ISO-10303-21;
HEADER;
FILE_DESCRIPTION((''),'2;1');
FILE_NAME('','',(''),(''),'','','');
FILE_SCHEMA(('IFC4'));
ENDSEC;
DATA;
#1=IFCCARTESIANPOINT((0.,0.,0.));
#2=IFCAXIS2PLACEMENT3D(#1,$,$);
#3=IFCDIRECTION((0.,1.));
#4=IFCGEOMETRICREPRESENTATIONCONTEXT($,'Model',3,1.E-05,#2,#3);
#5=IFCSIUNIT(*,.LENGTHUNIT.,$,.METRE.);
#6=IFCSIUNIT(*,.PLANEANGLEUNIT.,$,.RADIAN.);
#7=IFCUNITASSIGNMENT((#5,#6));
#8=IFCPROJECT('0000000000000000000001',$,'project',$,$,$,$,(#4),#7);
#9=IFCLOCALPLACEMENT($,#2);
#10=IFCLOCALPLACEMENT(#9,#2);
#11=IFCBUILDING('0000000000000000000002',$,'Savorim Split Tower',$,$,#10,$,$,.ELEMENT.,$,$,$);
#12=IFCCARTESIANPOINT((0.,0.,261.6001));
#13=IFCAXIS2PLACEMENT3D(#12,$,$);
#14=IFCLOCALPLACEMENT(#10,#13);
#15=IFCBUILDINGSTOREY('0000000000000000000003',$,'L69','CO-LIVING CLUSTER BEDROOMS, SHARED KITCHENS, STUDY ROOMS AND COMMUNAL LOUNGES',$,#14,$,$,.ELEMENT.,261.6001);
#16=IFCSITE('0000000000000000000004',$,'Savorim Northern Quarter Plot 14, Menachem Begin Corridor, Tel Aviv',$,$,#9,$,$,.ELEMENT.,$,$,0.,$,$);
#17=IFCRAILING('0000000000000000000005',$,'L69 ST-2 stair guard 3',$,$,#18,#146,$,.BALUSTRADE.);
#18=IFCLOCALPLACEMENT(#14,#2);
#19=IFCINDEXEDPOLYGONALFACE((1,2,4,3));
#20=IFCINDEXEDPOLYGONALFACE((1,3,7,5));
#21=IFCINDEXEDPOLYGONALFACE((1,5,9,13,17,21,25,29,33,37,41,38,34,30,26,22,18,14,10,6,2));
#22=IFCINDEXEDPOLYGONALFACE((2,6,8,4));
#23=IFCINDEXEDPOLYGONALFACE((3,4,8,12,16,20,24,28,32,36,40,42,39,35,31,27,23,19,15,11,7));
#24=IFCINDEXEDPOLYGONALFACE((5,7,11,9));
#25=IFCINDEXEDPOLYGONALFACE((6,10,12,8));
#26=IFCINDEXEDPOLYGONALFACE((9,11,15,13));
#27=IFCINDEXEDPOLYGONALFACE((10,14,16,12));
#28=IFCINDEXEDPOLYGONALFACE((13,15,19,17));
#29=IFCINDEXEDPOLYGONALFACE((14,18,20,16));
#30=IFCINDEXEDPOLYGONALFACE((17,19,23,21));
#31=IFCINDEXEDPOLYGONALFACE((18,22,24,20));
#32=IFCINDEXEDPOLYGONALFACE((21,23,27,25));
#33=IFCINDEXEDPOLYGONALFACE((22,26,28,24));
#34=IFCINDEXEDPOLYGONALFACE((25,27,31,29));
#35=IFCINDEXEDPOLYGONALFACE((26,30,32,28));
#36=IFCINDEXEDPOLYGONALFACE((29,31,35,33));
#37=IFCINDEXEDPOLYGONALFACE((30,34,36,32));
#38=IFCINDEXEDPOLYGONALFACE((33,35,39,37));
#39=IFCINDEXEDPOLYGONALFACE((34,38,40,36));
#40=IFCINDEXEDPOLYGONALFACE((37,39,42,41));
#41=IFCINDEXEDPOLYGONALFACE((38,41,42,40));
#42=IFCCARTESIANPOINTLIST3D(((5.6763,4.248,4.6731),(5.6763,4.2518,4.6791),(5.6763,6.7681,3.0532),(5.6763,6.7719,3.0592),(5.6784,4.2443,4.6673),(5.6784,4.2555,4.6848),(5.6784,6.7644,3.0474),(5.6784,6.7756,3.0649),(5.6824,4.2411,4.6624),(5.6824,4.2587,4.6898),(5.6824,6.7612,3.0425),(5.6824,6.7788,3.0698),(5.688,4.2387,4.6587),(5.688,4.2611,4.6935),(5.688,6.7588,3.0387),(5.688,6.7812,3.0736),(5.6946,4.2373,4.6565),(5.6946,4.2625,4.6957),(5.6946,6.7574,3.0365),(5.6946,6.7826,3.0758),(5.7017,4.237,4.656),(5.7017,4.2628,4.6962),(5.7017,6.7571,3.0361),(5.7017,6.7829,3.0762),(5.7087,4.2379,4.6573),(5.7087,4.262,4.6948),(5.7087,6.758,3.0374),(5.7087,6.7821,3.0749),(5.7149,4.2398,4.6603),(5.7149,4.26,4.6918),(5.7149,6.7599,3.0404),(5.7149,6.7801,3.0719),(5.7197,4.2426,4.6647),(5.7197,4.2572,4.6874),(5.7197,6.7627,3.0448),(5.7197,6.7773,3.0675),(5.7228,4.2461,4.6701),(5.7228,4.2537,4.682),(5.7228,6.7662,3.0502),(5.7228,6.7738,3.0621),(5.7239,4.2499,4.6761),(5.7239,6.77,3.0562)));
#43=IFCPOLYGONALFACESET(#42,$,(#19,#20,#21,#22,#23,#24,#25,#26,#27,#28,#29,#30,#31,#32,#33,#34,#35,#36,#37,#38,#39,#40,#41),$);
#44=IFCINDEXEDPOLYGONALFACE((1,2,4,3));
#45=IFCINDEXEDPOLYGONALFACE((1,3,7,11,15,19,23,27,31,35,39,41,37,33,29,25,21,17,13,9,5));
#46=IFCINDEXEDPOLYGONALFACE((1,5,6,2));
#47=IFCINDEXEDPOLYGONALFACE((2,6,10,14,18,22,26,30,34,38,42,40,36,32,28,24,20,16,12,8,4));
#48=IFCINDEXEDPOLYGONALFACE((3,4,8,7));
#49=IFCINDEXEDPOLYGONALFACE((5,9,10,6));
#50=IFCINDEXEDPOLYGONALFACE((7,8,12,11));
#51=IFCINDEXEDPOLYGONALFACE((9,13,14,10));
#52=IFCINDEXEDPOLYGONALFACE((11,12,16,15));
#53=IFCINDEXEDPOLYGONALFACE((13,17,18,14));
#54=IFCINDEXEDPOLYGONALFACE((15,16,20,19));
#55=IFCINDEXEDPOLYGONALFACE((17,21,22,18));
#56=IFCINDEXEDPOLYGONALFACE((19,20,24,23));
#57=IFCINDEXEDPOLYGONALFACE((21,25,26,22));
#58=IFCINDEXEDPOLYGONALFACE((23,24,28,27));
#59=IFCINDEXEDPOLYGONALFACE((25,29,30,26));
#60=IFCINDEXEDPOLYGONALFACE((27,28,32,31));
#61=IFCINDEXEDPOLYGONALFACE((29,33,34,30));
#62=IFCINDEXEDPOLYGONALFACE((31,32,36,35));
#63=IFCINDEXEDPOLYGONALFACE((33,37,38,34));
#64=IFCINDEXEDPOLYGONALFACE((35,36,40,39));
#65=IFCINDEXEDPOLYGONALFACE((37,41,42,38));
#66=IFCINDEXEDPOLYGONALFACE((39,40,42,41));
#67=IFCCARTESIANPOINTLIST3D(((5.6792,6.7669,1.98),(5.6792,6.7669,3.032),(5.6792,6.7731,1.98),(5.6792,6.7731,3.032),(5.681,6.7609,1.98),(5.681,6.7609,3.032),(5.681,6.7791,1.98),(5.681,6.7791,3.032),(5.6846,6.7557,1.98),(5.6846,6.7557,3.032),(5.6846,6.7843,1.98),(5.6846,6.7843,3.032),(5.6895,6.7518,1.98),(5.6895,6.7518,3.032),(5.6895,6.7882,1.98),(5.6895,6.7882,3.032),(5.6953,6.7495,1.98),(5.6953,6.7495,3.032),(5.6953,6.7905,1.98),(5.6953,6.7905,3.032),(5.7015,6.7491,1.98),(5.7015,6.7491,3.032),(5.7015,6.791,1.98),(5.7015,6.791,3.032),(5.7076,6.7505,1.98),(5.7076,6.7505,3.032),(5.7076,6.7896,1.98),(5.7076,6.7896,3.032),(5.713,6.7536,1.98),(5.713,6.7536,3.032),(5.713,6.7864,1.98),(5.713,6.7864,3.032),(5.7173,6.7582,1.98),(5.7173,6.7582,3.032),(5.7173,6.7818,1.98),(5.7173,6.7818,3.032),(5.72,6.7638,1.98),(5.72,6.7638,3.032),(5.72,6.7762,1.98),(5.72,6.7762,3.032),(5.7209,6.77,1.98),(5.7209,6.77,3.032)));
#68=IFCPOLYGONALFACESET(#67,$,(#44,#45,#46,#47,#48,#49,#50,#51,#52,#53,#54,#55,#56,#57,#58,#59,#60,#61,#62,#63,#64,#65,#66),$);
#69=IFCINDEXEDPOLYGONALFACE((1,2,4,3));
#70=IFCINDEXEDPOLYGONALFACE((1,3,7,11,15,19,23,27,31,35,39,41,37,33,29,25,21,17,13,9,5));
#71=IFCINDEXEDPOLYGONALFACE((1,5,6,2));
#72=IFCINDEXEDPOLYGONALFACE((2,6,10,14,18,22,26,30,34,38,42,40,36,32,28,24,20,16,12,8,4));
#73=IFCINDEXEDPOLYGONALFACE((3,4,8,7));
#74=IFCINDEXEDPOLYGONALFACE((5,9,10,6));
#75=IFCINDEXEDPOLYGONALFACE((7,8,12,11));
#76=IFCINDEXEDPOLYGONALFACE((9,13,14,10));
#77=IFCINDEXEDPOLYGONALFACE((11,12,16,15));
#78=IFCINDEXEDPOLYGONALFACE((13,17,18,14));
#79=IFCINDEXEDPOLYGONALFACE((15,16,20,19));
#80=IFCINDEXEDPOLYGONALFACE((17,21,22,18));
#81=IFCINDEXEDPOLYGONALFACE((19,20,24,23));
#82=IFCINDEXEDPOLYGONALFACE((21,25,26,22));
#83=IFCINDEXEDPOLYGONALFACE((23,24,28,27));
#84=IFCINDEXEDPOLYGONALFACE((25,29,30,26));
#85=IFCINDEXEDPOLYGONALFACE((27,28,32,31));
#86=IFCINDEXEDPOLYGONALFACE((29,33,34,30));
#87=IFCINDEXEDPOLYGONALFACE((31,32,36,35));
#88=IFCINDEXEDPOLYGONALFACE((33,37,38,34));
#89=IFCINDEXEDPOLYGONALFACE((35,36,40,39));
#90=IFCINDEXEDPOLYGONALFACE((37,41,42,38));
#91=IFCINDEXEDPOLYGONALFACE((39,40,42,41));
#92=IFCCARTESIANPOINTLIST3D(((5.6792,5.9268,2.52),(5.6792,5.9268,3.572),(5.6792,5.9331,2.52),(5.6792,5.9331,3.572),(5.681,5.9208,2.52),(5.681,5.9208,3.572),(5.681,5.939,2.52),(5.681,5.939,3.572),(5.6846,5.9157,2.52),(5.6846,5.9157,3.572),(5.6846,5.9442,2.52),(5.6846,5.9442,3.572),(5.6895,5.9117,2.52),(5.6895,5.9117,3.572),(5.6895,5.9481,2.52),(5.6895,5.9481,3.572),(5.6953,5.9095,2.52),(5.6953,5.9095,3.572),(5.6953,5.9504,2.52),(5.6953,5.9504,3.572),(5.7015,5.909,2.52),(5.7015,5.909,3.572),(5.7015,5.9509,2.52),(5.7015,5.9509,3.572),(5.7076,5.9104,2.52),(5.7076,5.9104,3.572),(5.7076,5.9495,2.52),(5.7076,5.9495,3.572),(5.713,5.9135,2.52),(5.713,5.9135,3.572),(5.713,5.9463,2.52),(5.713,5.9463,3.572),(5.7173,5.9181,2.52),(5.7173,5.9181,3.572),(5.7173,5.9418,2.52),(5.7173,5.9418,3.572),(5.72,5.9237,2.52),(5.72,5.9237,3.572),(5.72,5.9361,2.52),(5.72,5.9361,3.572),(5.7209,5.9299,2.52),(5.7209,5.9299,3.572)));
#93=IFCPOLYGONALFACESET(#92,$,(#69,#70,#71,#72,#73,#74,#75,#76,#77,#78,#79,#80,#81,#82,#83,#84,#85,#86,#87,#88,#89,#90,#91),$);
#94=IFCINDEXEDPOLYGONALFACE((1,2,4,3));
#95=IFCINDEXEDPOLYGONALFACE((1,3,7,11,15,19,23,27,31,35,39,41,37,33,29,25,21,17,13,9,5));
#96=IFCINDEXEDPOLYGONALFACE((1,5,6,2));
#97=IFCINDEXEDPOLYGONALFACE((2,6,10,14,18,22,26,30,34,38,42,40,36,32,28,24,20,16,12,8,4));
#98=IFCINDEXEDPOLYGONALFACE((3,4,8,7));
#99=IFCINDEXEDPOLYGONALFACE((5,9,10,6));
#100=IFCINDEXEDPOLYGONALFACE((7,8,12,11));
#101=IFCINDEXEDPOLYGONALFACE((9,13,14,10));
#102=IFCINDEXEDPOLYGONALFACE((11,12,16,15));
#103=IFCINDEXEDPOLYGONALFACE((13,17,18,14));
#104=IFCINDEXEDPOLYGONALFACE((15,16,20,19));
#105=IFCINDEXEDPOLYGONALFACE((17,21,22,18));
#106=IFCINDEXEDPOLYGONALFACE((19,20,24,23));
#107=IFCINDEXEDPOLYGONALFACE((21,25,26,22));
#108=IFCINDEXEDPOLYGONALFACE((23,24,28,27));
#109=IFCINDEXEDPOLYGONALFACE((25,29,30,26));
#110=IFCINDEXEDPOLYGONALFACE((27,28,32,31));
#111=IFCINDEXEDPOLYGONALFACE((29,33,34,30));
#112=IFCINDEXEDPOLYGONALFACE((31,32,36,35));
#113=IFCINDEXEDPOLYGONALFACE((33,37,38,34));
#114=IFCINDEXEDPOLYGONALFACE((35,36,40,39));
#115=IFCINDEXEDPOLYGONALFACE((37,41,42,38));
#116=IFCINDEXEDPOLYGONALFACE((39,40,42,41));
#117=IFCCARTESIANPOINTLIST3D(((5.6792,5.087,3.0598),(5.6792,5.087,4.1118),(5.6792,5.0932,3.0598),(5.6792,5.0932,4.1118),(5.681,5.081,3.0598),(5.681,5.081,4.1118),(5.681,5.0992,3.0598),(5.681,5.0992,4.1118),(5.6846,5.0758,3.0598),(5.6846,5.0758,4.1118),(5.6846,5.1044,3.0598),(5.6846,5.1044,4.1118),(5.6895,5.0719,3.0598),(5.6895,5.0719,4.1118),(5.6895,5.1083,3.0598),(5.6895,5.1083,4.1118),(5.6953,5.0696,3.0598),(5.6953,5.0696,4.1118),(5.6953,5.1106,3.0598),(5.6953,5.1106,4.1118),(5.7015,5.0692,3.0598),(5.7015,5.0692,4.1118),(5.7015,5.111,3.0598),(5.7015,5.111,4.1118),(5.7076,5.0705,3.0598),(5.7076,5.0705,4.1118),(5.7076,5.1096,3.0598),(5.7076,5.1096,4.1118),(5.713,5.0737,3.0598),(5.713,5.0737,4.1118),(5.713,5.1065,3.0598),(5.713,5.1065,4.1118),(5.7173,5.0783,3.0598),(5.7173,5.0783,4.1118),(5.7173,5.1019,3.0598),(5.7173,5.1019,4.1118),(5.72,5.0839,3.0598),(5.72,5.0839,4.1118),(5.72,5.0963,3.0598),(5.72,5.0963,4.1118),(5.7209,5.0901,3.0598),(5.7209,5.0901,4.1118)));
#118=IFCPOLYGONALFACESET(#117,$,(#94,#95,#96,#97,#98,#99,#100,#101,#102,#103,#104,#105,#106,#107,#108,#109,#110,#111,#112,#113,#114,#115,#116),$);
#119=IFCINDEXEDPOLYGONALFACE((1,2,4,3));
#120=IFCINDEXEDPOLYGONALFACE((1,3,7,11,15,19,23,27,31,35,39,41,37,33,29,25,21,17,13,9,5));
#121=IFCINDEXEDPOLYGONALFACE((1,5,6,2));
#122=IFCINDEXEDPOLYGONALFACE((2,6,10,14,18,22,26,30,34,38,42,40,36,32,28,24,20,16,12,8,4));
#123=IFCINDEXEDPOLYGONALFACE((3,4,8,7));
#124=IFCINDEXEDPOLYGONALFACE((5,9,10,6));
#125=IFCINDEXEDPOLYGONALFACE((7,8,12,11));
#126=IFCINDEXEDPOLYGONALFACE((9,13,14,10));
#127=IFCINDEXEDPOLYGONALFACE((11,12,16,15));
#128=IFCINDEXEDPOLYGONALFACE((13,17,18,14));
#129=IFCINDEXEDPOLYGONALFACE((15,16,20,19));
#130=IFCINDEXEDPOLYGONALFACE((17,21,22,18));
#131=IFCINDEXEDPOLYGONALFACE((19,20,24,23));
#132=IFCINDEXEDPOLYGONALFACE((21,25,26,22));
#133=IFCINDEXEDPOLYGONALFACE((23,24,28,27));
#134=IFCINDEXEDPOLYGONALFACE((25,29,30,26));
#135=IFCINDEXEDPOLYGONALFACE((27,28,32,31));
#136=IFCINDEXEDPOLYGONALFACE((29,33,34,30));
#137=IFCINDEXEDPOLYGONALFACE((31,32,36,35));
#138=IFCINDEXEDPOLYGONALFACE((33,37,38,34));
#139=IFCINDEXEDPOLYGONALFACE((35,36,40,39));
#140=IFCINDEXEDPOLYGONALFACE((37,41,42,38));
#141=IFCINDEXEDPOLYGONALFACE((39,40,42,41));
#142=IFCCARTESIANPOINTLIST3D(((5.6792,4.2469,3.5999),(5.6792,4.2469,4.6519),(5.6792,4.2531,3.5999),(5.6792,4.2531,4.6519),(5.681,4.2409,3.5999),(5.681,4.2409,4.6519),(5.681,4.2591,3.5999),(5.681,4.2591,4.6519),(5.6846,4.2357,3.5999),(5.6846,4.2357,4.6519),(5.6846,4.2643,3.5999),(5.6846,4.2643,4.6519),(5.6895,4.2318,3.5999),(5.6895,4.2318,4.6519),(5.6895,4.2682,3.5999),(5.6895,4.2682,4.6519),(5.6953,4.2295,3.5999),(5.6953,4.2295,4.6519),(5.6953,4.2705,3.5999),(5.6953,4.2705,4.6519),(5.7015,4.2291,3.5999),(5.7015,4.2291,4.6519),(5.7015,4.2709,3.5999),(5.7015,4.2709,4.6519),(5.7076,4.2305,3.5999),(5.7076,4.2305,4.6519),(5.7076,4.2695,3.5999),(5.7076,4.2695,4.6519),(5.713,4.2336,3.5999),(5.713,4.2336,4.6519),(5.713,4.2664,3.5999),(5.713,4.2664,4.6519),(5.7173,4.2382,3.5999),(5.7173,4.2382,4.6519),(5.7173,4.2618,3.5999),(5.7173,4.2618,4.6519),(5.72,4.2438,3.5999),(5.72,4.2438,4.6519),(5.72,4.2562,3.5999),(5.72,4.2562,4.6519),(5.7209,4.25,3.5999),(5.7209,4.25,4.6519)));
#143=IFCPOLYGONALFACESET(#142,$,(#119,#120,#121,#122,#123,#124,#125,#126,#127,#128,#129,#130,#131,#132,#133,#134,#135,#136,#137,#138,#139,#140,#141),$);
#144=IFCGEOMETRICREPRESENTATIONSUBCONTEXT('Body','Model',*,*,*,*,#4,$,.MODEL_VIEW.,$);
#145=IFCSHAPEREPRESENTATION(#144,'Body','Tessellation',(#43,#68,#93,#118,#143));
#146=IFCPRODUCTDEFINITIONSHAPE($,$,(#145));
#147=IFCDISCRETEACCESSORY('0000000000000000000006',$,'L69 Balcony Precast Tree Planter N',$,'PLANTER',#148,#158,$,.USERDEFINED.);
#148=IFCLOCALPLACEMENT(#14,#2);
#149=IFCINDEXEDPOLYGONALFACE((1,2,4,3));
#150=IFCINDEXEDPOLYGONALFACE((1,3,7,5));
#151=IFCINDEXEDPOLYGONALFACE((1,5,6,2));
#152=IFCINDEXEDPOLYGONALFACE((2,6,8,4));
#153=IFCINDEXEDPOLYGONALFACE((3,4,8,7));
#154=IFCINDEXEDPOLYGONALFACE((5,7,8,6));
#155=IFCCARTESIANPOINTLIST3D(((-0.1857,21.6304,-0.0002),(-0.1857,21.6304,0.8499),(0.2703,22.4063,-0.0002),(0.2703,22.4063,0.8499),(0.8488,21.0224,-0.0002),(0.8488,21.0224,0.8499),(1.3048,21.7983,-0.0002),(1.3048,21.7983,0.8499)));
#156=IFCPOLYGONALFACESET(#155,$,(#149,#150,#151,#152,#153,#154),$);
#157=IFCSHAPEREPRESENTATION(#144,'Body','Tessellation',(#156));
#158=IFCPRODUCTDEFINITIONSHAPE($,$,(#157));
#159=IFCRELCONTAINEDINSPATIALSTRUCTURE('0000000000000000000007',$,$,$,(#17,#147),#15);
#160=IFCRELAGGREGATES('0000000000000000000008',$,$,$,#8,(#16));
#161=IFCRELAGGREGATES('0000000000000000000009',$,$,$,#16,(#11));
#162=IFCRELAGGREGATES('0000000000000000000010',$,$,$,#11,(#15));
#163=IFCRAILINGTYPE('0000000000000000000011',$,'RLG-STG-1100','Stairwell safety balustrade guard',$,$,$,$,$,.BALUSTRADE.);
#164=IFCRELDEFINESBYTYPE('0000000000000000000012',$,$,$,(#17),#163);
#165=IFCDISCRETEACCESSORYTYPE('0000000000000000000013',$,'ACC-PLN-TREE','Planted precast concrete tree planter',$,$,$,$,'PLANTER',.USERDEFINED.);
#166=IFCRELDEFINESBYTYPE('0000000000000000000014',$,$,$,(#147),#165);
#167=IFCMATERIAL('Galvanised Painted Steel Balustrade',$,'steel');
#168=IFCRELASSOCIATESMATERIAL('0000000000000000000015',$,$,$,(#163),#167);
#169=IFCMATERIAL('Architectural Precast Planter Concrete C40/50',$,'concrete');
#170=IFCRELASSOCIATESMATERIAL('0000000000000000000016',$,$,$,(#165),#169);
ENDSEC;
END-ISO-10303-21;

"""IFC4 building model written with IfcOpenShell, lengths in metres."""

from ifc_helpers import new_model, si_unit, direction, frame, origin, origin_2d, place, context, subcontext, project, spatial, rectangle, circle, extrude, material, type_object, element, save


model = new_model("IFC4")

# Units and contexts
model_context = context("Model", 3, precision=1e-05, world=origin(), true_north=direction((0.0, 1.0)))
body_context = subcontext(model_context, "Body", "Model", "MODEL_VIEW")
ifc_project = project(units=[si_unit("LENGTHUNIT", "METRE"), si_unit("PLANEANGLEUNIT", "RADIAN")], contexts=[model_context])

# Site, building, storey
site_placement = place(None, origin())
site = spatial("IfcSite", under=ifc_project, at=site_placement, Name="Savorim Northern Quarter Plot 14, Menachem Begin Corridor, Tel Aviv", CompositionType="ELEMENT", RefElevation=0.0)
building_placement = place(site_placement, origin())
building = spatial("IfcBuilding", under=site, at=building_placement, Name="Savorim Split Tower", CompositionType="ELEMENT")
storey_placement = place(building_placement, frame((0.0, 0.0, 261.6001)))
storey = spatial("IfcBuildingStorey", under=building, at=storey_placement, Name="L69", Description="CO-LIVING CLUSTER BEDROOMS, SHARED KITCHENS, STUDY ROOMS AND COMMUNAL LOUNGES", CompositionType="ELEMENT", Elevation=261.6001)

# Railing
ifc_material_1 = material(Name="Galvanised Painted Steel Balustrade", Category="steel")
railing_type_1 = type_object("IfcRailingType", Name="RLG-STG-1100", Description="Stairwell safety balustrade guard", PredefinedType="BALUSTRADE", material=ifc_material_1)
railing_1_placement = place(storey_placement, frame((5.7, 6.77, 1.98)))
element("IfcRailing", 1, at=railing_1_placement, inside=storey, type_object=railing_type_1, Name="L69 ST-2 stair guard 3", PredefinedType="BALUSTRADE", context=body_context, shape_type="SweptSolid", body=[
    extrude(circle(Radius=0.0239, at=origin_2d()), frame((0.0, 0.0, 1.0762), z_axis=(0.0, -0.8412, 0.540725), x_axis=(1.0, 0.0, 0.0)), (0.0, 0.0, 1.0), 2.9958),
    extrude(circle(Radius=0.021, at=origin_2d()), origin(), (0.0, 0.0, 1.0), 1.052),
    extrude(circle(Radius=0.021, at=origin_2d()), frame((0.0, -0.8401, 0.54)), (0.0, 0.0, 1.0), 1.052),
    extrude(circle(Radius=0.021, at=origin_2d()), frame((0.0, -1.6799, 1.0798)), (0.0, 0.0, 1.0), 1.052),
    extrude(circle(Radius=0.021, at=origin_2d()), frame((0.0, -2.52, 1.6199)), (0.0, 0.0, 1.0), 1.052),
])

# Discrete accessory
ifc_material_2 = material(Name="Architectural Precast Planter Concrete C40/50", Category="concrete")
discrete_accessory_type = type_object("IfcDiscreteAccessoryType", Name="ACC-PLN-TREE", Description="Planted precast concrete tree planter", ElementType="PLANTER", PredefinedType="USERDEFINED", material=ifc_material_2)
discrete_accessory_placement = place(storey_placement, frame((0.5596, 21.7144, -0.0002), z_axis=(0.0, 0.0, 1.0), x_axis=(-0.862125, 0.506696, 0.0)))
element("IfcDiscreteAccessory", 2, at=discrete_accessory_placement, inside=storey, type_object=discrete_accessory_type, Name="L69 Balcony Precast Tree Planter N", ObjectType="PLANTER", PredefinedType="USERDEFINED", context=body_context, shape_type="SweptSolid", body=[
    extrude(rectangle(XDim=1.2, YDim=0.8999, at=origin_2d()), origin(), (0.0, 0.0, 1.0), 0.8501),
])

save(model, "model.ifc")
